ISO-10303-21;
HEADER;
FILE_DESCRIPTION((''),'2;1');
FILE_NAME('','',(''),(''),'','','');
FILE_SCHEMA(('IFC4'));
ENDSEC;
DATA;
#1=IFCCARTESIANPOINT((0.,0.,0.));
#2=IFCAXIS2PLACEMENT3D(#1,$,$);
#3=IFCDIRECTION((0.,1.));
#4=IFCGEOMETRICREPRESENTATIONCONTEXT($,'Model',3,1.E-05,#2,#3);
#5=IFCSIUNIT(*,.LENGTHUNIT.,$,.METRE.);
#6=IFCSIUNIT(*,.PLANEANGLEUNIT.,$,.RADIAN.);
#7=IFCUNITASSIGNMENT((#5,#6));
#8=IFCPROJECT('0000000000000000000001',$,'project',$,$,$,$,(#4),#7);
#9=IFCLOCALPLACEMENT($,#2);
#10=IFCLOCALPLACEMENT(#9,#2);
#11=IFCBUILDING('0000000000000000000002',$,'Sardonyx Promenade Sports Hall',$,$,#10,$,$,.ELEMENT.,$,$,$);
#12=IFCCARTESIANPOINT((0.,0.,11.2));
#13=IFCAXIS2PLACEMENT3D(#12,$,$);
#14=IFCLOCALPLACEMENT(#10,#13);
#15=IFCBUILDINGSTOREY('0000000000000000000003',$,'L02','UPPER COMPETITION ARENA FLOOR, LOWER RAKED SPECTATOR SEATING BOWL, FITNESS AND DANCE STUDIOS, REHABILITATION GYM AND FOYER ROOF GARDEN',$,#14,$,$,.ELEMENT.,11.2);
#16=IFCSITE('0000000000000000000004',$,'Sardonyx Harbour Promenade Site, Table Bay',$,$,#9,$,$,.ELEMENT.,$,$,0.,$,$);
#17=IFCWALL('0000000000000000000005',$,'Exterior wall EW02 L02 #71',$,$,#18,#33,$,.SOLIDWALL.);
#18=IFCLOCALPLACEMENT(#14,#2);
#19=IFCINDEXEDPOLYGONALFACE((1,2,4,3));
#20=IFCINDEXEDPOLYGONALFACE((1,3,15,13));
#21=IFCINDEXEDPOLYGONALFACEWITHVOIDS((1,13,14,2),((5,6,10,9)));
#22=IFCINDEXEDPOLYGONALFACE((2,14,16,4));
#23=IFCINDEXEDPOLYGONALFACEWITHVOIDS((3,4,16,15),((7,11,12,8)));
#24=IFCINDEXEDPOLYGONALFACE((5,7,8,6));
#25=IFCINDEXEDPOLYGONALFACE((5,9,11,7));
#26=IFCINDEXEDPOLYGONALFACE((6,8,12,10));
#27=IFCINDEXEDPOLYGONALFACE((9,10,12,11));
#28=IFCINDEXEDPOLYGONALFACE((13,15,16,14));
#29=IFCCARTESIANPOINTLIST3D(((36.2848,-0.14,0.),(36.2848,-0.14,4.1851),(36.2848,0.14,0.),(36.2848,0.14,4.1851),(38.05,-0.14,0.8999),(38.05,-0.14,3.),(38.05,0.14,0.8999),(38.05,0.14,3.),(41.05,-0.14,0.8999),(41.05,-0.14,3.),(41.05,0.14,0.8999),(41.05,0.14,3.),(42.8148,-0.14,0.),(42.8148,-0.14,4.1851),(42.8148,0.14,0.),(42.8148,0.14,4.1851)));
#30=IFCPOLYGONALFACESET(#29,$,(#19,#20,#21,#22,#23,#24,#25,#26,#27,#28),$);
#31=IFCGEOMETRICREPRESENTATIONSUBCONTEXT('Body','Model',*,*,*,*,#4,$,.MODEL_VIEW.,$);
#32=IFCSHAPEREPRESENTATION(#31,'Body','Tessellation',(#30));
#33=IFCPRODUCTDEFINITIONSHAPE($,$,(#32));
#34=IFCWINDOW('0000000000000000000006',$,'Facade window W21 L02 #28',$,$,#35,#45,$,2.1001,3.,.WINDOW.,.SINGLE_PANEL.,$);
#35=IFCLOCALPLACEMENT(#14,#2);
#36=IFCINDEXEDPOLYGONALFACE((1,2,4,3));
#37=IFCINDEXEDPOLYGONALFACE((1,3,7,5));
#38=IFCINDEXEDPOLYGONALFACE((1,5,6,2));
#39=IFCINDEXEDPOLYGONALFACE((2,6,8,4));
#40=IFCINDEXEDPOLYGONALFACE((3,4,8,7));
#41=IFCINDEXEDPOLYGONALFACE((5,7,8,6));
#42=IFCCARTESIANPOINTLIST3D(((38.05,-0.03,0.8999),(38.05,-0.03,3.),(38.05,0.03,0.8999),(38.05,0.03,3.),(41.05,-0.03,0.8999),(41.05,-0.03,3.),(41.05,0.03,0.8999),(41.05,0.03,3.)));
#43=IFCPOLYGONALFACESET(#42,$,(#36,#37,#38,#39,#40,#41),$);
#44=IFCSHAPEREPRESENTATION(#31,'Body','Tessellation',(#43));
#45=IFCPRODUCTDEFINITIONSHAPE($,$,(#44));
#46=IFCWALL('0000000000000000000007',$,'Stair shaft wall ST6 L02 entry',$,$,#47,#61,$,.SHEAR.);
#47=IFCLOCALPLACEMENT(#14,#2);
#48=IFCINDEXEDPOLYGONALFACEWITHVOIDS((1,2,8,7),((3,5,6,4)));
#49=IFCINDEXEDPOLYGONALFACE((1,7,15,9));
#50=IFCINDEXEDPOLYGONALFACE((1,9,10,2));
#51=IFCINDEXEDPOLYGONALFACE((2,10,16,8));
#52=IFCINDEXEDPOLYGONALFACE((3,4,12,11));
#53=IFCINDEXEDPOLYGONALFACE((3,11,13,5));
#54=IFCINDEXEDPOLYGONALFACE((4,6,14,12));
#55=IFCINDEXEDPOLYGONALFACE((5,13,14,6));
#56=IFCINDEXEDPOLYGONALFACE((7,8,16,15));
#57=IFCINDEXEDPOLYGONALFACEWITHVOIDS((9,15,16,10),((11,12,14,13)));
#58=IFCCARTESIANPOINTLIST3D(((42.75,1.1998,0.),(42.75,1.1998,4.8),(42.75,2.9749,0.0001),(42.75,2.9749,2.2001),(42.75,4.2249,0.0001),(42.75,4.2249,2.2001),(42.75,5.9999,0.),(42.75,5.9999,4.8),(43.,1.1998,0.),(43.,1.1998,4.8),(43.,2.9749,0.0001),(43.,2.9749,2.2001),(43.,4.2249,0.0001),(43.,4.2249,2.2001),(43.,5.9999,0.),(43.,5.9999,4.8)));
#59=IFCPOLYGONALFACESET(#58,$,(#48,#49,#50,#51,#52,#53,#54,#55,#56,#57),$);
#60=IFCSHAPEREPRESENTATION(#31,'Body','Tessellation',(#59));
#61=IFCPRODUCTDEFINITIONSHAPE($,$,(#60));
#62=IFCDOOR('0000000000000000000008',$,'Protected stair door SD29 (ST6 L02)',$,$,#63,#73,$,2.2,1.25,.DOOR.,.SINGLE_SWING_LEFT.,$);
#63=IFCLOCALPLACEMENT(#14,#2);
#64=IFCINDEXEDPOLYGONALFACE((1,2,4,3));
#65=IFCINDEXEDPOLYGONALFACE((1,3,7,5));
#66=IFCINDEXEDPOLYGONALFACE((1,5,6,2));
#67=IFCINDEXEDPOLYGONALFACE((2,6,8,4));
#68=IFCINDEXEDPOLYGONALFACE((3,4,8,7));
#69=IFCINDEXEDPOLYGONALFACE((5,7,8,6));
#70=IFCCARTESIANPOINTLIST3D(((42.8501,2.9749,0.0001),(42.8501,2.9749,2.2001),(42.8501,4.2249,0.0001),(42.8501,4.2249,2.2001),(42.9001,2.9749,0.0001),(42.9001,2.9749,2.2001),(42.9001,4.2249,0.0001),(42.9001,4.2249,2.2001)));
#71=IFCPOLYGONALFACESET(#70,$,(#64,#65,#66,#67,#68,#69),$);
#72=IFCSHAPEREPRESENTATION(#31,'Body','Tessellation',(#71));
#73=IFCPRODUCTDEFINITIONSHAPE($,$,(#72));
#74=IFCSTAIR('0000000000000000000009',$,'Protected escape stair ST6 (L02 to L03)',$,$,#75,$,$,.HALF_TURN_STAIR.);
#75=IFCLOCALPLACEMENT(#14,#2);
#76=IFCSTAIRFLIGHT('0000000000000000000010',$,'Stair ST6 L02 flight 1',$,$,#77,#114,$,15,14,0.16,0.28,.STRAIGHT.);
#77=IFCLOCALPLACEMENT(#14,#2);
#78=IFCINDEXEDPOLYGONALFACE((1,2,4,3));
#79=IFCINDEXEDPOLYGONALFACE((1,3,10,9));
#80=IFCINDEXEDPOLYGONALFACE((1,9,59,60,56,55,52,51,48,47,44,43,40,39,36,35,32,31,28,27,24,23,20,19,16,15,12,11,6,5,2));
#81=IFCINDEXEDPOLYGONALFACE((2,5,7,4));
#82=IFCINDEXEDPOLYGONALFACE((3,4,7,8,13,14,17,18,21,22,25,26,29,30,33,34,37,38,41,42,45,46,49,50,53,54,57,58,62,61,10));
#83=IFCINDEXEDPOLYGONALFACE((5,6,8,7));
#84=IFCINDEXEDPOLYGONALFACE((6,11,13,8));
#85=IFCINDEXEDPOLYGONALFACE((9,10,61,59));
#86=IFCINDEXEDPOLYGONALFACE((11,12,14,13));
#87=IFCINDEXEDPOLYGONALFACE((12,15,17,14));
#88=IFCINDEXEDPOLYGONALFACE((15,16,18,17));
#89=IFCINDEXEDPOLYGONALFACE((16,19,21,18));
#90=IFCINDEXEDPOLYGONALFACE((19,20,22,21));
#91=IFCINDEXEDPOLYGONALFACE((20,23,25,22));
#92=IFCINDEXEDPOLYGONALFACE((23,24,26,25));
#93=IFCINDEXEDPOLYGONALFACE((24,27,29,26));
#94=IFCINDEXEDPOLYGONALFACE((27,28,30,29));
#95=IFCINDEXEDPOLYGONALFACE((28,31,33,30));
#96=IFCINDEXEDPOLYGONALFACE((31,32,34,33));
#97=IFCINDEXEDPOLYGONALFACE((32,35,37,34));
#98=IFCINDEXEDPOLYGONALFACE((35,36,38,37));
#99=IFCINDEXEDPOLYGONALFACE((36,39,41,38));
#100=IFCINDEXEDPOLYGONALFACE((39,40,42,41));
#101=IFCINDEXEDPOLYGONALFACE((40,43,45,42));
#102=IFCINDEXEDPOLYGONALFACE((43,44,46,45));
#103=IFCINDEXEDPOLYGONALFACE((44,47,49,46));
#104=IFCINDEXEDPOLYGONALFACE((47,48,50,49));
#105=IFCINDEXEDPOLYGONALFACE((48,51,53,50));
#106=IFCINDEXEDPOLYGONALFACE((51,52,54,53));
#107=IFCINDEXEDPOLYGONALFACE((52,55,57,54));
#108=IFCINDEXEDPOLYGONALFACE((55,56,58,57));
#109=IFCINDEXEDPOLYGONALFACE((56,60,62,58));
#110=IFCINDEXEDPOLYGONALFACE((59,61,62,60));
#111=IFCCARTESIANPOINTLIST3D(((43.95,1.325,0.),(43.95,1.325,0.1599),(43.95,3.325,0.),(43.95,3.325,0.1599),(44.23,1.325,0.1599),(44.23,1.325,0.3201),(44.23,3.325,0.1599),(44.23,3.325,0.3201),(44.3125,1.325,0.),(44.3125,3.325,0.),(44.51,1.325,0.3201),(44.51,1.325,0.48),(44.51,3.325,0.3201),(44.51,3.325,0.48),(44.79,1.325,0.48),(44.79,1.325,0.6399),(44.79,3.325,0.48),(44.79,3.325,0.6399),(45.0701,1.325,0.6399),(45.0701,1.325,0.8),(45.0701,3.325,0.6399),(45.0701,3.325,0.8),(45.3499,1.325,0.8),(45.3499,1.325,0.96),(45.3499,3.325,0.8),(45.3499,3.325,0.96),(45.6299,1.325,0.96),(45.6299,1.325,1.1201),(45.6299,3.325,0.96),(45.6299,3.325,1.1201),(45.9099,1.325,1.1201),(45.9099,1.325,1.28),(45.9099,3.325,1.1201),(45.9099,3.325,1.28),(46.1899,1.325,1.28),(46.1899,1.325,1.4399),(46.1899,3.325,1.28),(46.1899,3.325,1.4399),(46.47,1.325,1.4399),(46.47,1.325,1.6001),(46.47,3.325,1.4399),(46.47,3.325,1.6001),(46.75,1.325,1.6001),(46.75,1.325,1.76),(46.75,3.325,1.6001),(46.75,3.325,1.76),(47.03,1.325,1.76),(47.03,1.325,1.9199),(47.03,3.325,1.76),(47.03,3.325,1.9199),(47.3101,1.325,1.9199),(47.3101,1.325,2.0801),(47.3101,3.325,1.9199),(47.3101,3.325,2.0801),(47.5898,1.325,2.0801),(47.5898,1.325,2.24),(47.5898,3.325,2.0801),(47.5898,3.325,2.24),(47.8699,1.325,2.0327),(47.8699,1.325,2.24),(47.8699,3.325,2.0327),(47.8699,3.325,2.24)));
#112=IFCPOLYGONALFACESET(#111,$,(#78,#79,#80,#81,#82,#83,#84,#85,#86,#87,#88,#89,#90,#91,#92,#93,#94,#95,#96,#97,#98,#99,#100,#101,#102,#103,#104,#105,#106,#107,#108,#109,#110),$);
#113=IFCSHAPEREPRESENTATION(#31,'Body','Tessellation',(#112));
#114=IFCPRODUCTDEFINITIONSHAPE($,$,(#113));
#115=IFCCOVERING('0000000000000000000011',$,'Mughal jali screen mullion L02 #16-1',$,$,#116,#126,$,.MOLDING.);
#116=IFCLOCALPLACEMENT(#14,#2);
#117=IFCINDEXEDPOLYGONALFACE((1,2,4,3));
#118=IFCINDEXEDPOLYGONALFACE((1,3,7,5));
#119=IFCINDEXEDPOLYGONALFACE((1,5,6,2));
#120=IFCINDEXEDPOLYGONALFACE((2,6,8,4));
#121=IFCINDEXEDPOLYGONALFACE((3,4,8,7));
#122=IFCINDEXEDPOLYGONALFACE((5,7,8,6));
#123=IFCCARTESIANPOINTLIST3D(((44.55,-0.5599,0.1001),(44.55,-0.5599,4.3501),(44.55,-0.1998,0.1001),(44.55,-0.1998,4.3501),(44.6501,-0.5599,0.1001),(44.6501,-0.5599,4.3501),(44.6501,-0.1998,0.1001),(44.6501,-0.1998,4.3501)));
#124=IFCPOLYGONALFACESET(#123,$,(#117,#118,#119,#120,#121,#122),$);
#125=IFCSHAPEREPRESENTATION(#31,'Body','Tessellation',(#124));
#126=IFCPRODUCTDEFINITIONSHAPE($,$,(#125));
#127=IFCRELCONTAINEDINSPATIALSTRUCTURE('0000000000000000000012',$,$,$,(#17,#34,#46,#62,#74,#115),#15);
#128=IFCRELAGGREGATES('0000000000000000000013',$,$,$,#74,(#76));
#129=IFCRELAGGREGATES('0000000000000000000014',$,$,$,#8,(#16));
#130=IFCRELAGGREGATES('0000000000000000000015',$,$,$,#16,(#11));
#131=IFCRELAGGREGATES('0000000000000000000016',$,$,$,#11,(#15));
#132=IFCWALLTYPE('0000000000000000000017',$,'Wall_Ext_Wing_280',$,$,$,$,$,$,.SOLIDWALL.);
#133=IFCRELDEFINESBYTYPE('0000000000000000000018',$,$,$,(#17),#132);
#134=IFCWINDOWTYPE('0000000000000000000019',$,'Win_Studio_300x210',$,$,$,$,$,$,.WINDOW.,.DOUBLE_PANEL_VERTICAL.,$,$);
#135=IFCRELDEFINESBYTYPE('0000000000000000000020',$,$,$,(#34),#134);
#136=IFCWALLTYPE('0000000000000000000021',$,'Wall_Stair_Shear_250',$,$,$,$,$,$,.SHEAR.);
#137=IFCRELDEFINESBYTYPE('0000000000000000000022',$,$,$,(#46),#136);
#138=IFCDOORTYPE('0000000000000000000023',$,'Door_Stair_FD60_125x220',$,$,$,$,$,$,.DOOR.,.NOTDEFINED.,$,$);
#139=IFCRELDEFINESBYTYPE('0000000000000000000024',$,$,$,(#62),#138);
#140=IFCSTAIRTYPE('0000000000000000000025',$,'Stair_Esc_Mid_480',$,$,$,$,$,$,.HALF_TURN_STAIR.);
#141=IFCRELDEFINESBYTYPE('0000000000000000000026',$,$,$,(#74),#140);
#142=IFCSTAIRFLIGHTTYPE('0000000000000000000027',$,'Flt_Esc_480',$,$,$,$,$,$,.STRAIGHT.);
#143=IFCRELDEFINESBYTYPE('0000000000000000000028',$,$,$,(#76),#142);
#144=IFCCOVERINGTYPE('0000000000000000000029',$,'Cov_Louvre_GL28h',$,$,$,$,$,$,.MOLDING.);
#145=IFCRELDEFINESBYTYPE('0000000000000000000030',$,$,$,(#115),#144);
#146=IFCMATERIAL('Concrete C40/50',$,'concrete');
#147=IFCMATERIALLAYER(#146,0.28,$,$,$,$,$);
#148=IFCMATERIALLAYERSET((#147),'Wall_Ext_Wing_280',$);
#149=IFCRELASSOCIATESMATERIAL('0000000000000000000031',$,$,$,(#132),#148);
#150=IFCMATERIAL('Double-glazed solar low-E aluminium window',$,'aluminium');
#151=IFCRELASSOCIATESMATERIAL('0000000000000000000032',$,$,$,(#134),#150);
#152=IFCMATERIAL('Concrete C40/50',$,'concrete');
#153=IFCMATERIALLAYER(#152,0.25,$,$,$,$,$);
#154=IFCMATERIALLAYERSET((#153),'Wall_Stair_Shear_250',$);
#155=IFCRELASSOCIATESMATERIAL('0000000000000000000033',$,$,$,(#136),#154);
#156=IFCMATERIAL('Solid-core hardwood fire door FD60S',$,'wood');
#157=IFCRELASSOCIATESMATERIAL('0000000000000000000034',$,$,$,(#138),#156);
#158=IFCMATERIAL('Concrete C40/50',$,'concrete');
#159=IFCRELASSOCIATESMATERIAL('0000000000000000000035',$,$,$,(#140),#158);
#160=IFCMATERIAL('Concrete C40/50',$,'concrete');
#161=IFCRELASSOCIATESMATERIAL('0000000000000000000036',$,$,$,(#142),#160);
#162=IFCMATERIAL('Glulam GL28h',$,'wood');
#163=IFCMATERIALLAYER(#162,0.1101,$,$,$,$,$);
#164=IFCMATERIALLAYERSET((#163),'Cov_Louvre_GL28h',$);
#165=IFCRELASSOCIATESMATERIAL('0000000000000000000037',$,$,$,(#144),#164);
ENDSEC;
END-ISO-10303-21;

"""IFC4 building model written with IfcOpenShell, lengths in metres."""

from ifc_helpers import new_model, si_unit, direction, frame, frame_2d, origin, origin_2d, place, context, subcontext, project, spatial, polyline, rectangle, outline, extrude, material, layer, layer_set, type_object, element, fill, aggregate, save


model = new_model("IFC4")

# Units and contexts
model_context = context("Model", 3, precision=1e-05, world=origin(), true_north=direction((0.0, 1.0)))
body_context = subcontext(model_context, "Body", "Model", "MODEL_VIEW")
ifc_project = project(units=[si_unit("LENGTHUNIT", "METRE"), si_unit("PLANEANGLEUNIT", "RADIAN")], contexts=[model_context])

# Site, building, storey
site_placement = place(None, origin())
site = spatial("IfcSite", under=ifc_project, at=site_placement, Name="Sardonyx Harbour Promenade Site, Table Bay", CompositionType="ELEMENT", RefElevation=0.0)
building_placement = place(site_placement, origin())
building = spatial("IfcBuilding", under=site, at=building_placement, Name="Sardonyx Promenade Sports Hall", CompositionType="ELEMENT")
storey_placement = place(building_placement, frame((0.0, 0.0, 11.2)))
storey = spatial("IfcBuildingStorey", under=building, at=storey_placement, Name="L02", Description="UPPER COMPETITION ARENA FLOOR, LOWER RAKED SPECTATOR SEATING BOWL, FITNESS AND DANCE STUDIOS, REHABILITATION GYM AND FOYER ROOF GARDEN", CompositionType="ELEMENT", Elevation=11.2)

# Wall, opening, window
ifc_material_1 = material(Name="Concrete C40/50", Category="concrete")
ifc_layer_1 = layer(ifc_material_1, 0.28)
ifc_layer_set_1 = layer_set([ifc_layer_1], Name="Wall_Ext_Wing_280")
wall_type_1 = type_object("IfcWallType", Name="Wall_Ext_Wing_280", PredefinedType="SOLIDWALL", material=ifc_layer_set_1)
wall_1_placement = place(storey_placement, frame((42.8149, 0.0, 0.0), z_axis=(0.0, 0.0, 1.0), x_axis=(-1.0, 0.0, 0.0)))
wall_1 = element("IfcWall", 1, at=wall_1_placement, inside=storey, type_object=wall_type_1, Name="Exterior wall EW02 L02 #71", PredefinedType="SOLIDWALL", context=body_context, shape_type="SweptSolid", body=[
    extrude(rectangle(XDim=6.53, YDim=0.28, at=frame_2d((3.2651, 0.0))), origin(), (0.0, 0.0, 1.0), 4.1851),
])
opening_1_placement = place(wall_1_placement, frame((1.7649, 0.0, 0.8999)))
opening_1 = element("IfcOpeningElement", 2, at=opening_1_placement, cuts=wall_1, PredefinedType="OPENING", context=body_context, shape_type="SweptSolid", body=[
    extrude(rectangle(XDim=3.0, YDim=2.1001, at=frame_2d((1.5, 1.05))), frame((0.0, 0.15, 0.0), z_axis=(0.0, -1.0, 0.0), x_axis=(1.0, 0.0, 0.0)), (0.0, 0.0, 1.0), 0.3),
])
ifc_material_2 = material(Name="Double-glazed solar low-E aluminium window", Category="aluminium")
window_type = type_object("IfcWindowType", Name="Win_Studio_300x210", PartitioningType="DOUBLE_PANEL_VERTICAL", PredefinedType="WINDOW", material=ifc_material_2)
window_placement = place(opening_1_placement, origin())
window = element("IfcWindow", 3, at=window_placement, inside=storey, type_object=window_type, Name="Facade window W21 L02 #28", OverallHeight=2.1001, OverallWidth=3.0, PartitioningType="SINGLE_PANEL", PredefinedType="WINDOW", context=body_context, shape_type="SweptSolid", body=[
    extrude(rectangle(XDim=3.0, YDim=2.1001, at=frame_2d((1.5, 1.05))), frame((0.0, 0.03, 0.0), z_axis=(0.0, -1.0, 0.0), x_axis=(1.0, 0.0, 0.0)), (0.0, 0.0, 1.0), 0.0601),
])
fill(opening_1, window)

# Wall, opening, door
ifc_material_3 = material(Name="Concrete C40/50", Category="concrete")
ifc_layer_2 = layer(ifc_material_3, 0.25)
ifc_layer_set_2 = layer_set([ifc_layer_2], Name="Wall_Stair_Shear_250")
wall_type_2 = type_object("IfcWallType", Name="Wall_Stair_Shear_250", PredefinedType="SHEAR", material=ifc_layer_set_2)
wall_2_placement = place(storey_placement, frame((42.875, 1.2, 0.0), z_axis=(0.0, 0.0, 1.0), x_axis=(0.0, 1.0, 0.0)))
wall_2 = element("IfcWall", 4, at=wall_2_placement, inside=storey, type_object=wall_type_2, Name="Stair shaft wall ST6 L02 entry", PredefinedType="SHEAR", context=body_context, shape_type="SweptSolid", body=[
    extrude(rectangle(XDim=4.8, YDim=0.25, at=frame_2d((2.3999, 0.0))), origin(), (0.0, 0.0, 1.0), 4.8),
])
opening_2_placement = place(wall_2_placement, frame((1.7749, 0.0, 0.0)))
opening_2 = element("IfcOpeningElement", 5, at=opening_2_placement, cuts=wall_2, PredefinedType="OPENING", context=body_context, shape_type="SweptSolid", body=[
    extrude(rectangle(XDim=1.25, YDim=2.2, at=frame_2d((0.625, 1.1001))), frame((0.0, 0.135, 0.0), z_axis=(0.0, -1.0, 0.0), x_axis=(1.0, 0.0, 0.0)), (0.0, 0.0, 1.0), 0.27),
])
ifc_material_4 = material(Name="Solid-core hardwood fire door FD60S", Category="wood")
door_type = type_object("IfcDoorType", Name="Door_Stair_FD60_125x220", OperationType="NOTDEFINED", PredefinedType="DOOR", material=ifc_material_4)
door_placement = place(opening_2_placement, origin())
door = element("IfcDoor", 6, at=door_placement, inside=storey, type_object=door_type, Name="Protected stair door SD29 (ST6 L02)", OperationType="SINGLE_SWING_LEFT", OverallHeight=2.2, OverallWidth=1.25, PredefinedType="DOOR", context=body_context, shape_type="SweptSolid", body=[
    extrude(rectangle(XDim=1.25, YDim=2.2, at=frame_2d((0.625, 1.1001))), frame((0.0, 0.0249, 0.0), z_axis=(0.0, -1.0, 0.0), x_axis=(1.0, 0.0, 0.0)), (0.0, 0.0, 1.0), 0.05),
])
fill(opening_2, door)

# Stair, stair flight
ifc_material_5 = material(Name="Concrete C40/50", Category="concrete")
stair_type = type_object("IfcStairType", Name="Stair_Esc_Mid_480", PredefinedType="HALF_TURN_STAIR", material=ifc_material_5)
stair_placement = place(storey_placement, origin())
stair = element("IfcStair", 7, at=stair_placement, inside=storey, type_object=stair_type, Name="Protected escape stair ST6 (L02 to L03)", PredefinedType="HALF_TURN_STAIR")
ifc_material_6 = material(Name="Concrete C40/50", Category="concrete")
stair_flight_type = type_object("IfcStairFlightType", Name="Flt_Esc_480", PredefinedType="STRAIGHT", material=ifc_material_6)
stair_flight_placement = place(storey_placement, frame((43.95, 2.325, 0.0), z_axis=(0.0, 0.0, 1.0), x_axis=(1.0, 0.0, 0.0)))
stair_flight = element("IfcStairFlight", 8, at=stair_flight_placement, type_object=stair_flight_type, Name="Stair ST6 L02 flight 1", NumberOfRisers=15, NumberOfTreads=14, PredefinedType="STRAIGHT", RiserHeight=0.16, TreadLength=0.28, context=body_context, shape_type="SweptSolid", body=[
    extrude(outline(polyline([(0.0, 0.0), (0.0, 0.1599), (0.28, 0.1599), (0.28, 0.3201), (0.5601, 0.3201), (0.5601, 0.48), (0.8401, 0.48), (0.8401, 0.6399), (1.1201, 0.6399), (1.1201, 0.8), (1.3999, 0.8), (1.3999, 0.96), (1.6799, 0.96), (1.6799, 1.1201), (1.96, 1.1201), (1.96, 1.28), (2.24, 1.28), (2.24, 1.4399), (2.52, 1.4399), (2.52, 1.6001), (2.8, 1.6001), (2.8, 1.76), (3.0801, 1.76), (3.0801, 1.9199), (3.3601, 1.9199), (3.3601, 2.0801), (3.6399, 2.0801), (3.6399, 2.24), (3.9199, 2.24), (3.9199, 2.3999), (3.9199, 2.0327), (0.3625, 0.0), (0.0, 0.0)])), frame((0.0, 1.0, 0.0), z_axis=(0.0, -1.0, 0.0), x_axis=(1.0, 0.0, 0.0)), (0.0, 0.0, 1.0), 2.0),
])
aggregate(stair, [stair_flight])

# Covering
ifc_material_7 = material(Name="Glulam GL28h", Category="wood")
ifc_layer_3 = layer(ifc_material_7, 0.1101)
ifc_layer_set_3 = layer_set([ifc_layer_3], Name="Cov_Louvre_GL28h")
covering_type = type_object("IfcCoveringType", Name="Cov_Louvre_GL28h", PredefinedType="MOLDING", material=ifc_layer_set_3)
covering_placement = place(storey_placement, frame((44.6001, -0.3799, 0.1001), z_axis=(0.0, 0.0, 1.0), x_axis=(1.0, 0.0, 0.0)))
element("IfcCovering", 9, at=covering_placement, inside=storey, type_object=covering_type, Name="Mughal jali screen mullion L02 #16-1", PredefinedType="MOLDING", context=body_context, shape_type="SweptSolid", body=[
    extrude(rectangle(XDim=0.1001, YDim=0.3601, at=origin_2d()), origin(), (0.0, 0.0, 1.0), 4.25),
])

save(model, "model.ifc")
